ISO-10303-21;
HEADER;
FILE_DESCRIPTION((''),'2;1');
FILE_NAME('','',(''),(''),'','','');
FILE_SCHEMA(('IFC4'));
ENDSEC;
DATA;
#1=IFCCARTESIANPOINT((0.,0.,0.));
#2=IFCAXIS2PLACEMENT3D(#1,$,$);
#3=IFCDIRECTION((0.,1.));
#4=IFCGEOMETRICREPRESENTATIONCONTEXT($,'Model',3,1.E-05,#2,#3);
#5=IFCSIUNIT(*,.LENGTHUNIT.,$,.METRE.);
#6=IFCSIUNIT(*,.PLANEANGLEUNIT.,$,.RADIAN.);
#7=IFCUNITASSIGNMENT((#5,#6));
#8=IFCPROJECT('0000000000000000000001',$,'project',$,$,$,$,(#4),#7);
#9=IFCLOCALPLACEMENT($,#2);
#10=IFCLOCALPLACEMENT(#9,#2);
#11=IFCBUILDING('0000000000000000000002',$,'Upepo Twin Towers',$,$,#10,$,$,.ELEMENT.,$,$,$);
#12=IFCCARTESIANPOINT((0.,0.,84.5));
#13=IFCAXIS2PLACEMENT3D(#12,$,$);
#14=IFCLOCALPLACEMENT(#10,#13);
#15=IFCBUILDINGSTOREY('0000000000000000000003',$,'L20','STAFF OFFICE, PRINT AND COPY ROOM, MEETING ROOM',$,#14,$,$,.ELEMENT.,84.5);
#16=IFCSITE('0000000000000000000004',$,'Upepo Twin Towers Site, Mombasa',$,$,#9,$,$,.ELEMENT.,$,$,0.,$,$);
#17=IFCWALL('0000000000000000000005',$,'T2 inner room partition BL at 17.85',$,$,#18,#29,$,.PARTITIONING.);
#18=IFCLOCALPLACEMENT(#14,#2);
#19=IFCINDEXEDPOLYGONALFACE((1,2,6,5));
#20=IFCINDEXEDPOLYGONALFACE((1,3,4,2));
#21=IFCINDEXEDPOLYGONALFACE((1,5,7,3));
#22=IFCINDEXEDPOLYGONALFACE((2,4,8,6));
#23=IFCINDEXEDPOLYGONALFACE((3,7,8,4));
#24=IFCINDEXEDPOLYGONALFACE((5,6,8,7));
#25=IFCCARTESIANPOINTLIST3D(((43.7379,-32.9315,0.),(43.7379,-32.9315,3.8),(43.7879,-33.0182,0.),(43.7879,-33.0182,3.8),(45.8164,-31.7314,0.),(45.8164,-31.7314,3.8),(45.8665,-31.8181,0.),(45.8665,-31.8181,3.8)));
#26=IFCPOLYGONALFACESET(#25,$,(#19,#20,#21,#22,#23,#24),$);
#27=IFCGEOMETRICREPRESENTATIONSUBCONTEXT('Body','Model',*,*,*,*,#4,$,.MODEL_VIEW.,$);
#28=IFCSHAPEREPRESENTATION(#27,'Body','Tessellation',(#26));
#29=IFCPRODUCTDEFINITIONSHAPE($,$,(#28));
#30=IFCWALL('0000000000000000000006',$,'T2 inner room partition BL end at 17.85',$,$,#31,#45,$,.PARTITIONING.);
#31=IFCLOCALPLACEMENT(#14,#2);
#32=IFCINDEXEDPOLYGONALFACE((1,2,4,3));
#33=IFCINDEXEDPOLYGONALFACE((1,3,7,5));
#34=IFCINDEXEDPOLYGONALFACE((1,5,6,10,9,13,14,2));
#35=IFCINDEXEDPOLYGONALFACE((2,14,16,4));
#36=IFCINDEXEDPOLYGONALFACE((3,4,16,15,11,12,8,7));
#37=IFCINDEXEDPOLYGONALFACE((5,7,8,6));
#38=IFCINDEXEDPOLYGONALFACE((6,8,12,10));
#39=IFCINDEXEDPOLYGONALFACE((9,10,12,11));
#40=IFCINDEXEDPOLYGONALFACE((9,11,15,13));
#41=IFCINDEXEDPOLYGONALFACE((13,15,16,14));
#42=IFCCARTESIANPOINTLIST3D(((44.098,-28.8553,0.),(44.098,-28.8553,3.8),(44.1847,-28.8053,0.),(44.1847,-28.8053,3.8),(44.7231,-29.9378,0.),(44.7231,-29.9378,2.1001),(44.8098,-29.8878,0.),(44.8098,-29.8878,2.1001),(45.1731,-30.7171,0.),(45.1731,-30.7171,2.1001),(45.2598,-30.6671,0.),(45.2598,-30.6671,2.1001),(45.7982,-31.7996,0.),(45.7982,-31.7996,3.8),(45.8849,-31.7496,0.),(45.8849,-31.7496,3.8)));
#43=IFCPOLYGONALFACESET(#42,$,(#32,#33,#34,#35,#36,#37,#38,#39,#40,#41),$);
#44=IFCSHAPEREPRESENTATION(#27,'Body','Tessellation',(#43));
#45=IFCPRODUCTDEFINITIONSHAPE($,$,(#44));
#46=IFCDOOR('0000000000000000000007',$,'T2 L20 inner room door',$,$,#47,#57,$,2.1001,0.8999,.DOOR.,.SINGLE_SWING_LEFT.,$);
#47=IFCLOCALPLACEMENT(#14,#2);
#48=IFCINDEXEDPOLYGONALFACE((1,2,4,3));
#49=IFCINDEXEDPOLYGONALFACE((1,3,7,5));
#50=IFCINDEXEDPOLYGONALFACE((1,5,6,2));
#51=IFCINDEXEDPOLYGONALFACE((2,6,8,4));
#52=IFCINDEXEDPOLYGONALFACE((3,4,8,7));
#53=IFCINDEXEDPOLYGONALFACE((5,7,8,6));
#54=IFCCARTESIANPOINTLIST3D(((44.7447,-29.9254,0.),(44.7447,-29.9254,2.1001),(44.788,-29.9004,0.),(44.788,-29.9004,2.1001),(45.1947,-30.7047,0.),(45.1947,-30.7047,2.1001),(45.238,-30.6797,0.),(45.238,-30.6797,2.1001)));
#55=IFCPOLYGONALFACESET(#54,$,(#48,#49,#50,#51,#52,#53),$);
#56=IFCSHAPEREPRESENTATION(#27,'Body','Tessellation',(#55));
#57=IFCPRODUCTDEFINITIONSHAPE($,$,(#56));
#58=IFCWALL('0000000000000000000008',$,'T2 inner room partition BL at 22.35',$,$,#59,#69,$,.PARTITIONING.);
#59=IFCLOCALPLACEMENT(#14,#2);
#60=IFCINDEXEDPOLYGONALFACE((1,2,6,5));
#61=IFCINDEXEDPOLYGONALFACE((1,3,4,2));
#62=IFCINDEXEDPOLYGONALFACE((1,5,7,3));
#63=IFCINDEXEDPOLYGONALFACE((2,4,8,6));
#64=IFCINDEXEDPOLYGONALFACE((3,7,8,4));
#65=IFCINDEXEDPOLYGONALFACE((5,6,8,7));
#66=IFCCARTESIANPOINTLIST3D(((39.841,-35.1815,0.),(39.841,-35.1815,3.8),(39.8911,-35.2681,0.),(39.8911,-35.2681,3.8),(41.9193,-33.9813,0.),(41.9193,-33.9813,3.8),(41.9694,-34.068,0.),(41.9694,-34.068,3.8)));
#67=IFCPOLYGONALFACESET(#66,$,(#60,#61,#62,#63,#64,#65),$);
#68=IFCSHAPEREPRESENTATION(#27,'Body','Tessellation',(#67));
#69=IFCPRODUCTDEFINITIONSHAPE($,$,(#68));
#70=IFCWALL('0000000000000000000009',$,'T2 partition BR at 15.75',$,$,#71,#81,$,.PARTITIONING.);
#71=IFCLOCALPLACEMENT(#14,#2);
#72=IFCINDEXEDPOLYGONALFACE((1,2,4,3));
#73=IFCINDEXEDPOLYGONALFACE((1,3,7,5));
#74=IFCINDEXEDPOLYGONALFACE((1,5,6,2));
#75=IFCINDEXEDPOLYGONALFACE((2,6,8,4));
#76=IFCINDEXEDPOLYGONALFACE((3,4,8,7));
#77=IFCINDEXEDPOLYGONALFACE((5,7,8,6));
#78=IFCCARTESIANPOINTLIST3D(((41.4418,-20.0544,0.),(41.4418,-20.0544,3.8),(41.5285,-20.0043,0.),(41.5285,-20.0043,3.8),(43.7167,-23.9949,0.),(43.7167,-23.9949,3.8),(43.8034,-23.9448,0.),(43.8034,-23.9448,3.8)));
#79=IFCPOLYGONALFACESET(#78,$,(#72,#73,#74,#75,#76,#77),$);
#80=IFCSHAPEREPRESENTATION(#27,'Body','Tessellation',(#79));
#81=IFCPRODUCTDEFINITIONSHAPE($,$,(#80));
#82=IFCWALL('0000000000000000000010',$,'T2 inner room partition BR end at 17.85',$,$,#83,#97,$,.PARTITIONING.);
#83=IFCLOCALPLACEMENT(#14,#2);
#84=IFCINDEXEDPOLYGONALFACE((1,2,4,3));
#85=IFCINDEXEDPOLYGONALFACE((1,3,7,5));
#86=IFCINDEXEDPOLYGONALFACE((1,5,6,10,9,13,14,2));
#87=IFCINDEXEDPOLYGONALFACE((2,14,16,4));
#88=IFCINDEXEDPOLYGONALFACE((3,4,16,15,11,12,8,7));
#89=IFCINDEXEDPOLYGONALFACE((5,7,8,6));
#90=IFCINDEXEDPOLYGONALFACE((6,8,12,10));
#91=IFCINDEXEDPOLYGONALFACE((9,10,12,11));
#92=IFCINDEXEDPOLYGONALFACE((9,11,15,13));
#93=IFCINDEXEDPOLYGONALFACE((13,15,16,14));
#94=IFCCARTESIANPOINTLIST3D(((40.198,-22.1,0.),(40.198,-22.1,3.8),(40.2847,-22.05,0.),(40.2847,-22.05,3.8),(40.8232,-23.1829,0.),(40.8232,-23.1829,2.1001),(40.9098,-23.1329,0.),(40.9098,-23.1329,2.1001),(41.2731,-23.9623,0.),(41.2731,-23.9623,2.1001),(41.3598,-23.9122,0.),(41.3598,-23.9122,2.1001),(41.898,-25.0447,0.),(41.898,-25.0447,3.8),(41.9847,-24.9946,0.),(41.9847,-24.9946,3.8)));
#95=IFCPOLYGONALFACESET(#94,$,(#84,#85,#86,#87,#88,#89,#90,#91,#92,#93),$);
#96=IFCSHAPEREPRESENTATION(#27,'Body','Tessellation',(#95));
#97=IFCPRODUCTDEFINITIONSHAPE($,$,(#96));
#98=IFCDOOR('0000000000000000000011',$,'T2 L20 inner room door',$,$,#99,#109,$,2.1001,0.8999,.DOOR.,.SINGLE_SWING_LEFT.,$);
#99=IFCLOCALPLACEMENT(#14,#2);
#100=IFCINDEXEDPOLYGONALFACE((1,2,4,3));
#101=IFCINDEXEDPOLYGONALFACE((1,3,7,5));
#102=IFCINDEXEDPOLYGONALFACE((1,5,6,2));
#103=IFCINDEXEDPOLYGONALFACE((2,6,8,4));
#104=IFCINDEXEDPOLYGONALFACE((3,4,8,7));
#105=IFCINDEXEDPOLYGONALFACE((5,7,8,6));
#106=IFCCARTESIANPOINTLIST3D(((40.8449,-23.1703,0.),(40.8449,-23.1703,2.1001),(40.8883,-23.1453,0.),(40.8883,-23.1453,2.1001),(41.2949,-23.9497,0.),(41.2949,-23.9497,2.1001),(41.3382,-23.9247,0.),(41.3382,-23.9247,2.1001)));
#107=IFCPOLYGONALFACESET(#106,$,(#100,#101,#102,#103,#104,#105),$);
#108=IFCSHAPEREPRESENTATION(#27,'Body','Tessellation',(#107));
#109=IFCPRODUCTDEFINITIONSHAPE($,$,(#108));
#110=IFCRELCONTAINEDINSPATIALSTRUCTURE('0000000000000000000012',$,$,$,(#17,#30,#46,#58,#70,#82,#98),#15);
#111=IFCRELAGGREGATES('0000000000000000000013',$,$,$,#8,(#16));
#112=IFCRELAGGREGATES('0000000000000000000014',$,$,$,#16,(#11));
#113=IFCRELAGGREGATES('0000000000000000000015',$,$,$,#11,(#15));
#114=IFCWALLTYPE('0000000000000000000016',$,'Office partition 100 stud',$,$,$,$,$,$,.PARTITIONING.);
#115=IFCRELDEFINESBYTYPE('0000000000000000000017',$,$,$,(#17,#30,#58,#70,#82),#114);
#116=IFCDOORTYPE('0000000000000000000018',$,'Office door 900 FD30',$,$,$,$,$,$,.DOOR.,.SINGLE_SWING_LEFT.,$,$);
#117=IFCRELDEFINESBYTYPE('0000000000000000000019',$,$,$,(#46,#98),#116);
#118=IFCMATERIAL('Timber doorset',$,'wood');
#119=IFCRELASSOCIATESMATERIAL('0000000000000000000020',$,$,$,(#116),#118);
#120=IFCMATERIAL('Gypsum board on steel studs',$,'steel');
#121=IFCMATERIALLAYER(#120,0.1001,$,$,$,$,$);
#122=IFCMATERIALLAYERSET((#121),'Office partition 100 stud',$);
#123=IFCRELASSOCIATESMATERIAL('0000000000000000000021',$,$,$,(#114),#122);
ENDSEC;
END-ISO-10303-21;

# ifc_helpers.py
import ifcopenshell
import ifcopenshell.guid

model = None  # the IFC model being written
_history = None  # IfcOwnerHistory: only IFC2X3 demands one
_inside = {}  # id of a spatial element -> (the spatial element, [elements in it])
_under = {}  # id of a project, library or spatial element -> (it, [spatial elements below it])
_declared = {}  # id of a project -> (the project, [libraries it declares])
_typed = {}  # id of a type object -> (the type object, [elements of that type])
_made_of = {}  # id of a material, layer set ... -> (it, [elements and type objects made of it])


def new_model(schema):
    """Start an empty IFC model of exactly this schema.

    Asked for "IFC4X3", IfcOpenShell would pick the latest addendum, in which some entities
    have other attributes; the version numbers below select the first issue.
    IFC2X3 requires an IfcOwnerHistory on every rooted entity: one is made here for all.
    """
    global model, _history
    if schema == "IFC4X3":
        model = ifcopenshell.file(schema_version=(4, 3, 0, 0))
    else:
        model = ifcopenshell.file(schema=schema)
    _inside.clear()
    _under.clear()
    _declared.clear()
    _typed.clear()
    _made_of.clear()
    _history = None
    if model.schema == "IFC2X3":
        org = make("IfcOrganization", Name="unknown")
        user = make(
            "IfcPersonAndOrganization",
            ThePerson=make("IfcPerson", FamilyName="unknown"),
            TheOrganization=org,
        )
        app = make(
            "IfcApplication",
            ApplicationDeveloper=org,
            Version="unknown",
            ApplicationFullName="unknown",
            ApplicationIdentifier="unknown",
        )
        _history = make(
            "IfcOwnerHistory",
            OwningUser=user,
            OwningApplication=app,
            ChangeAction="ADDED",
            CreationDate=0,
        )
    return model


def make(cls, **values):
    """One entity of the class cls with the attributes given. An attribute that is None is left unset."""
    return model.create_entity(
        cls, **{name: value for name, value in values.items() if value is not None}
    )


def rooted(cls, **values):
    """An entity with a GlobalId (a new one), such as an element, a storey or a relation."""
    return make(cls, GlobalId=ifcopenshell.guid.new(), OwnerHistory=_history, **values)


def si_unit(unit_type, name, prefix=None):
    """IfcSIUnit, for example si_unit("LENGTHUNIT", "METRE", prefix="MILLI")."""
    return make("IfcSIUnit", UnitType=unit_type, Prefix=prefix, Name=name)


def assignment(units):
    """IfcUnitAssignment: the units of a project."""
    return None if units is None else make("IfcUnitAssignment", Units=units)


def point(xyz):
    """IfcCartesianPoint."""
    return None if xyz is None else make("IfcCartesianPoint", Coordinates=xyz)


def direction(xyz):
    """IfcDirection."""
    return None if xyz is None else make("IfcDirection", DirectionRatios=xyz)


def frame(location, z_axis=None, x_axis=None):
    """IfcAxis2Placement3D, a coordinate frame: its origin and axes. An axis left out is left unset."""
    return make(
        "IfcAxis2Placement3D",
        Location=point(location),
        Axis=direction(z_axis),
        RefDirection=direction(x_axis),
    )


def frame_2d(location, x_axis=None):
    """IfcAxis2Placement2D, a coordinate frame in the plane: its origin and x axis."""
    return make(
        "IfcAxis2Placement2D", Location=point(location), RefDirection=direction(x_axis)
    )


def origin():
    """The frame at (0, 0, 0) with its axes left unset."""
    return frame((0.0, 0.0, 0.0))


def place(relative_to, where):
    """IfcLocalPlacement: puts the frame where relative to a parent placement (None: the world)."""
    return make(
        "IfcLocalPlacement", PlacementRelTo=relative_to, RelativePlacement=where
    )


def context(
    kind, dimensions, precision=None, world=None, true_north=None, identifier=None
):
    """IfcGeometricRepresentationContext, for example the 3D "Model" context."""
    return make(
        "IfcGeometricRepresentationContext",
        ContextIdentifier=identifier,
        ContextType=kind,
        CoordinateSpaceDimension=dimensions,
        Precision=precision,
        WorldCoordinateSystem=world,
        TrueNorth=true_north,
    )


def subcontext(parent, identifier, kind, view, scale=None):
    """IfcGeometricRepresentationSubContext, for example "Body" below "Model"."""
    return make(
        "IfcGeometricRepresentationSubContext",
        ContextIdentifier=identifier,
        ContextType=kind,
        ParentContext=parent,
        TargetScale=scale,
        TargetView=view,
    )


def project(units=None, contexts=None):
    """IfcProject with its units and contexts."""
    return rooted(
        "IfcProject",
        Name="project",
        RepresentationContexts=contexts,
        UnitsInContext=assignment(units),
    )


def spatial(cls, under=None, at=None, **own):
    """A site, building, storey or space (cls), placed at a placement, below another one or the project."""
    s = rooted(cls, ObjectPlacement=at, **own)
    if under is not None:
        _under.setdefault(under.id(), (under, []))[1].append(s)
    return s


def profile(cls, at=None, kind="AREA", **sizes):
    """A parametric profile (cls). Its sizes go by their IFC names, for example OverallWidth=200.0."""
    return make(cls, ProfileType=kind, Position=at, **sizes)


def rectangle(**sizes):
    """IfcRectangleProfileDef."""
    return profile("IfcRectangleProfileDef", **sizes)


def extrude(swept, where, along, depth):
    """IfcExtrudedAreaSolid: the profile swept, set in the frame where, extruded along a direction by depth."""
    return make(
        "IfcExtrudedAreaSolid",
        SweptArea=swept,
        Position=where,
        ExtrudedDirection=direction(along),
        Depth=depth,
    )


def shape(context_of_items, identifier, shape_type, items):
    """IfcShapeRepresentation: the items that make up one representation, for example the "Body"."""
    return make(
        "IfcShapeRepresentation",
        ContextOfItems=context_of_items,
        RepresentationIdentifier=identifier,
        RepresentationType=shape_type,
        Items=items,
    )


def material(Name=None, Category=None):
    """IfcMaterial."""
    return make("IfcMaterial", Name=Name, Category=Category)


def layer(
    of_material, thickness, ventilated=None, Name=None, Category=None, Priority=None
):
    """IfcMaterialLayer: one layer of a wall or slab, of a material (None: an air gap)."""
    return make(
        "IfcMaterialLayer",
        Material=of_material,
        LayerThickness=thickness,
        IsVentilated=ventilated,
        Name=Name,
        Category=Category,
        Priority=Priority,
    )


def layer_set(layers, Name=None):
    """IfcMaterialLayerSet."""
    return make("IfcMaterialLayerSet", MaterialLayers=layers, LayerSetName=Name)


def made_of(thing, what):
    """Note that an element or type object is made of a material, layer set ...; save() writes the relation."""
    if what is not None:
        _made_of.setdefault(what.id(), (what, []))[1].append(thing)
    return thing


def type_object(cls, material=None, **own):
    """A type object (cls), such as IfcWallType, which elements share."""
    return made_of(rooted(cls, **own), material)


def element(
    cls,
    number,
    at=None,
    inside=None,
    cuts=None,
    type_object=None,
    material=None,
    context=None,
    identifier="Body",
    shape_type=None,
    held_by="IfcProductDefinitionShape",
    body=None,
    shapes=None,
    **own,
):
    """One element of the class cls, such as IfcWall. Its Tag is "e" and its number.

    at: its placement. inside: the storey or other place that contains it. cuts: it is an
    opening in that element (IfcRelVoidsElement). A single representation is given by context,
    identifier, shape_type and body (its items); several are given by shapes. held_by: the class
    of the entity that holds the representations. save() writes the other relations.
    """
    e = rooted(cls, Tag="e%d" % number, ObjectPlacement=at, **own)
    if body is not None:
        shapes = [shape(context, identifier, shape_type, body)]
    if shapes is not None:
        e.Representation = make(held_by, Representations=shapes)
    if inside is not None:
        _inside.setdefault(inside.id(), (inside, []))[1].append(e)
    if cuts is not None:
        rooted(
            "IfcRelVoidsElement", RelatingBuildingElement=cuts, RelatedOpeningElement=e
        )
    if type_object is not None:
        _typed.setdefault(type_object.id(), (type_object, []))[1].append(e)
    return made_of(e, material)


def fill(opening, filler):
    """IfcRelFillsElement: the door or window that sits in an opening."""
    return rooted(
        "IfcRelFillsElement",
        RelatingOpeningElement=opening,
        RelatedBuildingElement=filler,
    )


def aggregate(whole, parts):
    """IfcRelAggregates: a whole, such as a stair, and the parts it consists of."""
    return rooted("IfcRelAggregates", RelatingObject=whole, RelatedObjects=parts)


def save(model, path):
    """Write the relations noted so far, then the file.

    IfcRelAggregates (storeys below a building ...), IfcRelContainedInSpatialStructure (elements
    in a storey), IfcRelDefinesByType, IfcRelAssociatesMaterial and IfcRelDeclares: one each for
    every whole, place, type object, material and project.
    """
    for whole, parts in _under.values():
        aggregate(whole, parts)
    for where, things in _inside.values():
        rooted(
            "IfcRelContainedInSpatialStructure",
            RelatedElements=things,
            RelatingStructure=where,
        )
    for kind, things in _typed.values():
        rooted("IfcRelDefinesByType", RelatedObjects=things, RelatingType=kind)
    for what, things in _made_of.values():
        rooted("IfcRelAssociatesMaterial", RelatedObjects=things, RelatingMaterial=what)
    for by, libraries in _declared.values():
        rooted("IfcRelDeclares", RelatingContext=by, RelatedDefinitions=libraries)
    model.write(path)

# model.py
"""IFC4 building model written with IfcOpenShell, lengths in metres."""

from ifc_helpers import new_model, si_unit, direction, frame, frame_2d, origin, place, context, subcontext, project, spatial, rectangle, extrude, material, layer, layer_set, type_object, element, fill, save


model = new_model("IFC4")

# Units and contexts
model_context = context("Model", 3, precision=1e-05, world=origin(), true_north=direction((0.0, 1.0)))
body_context = subcontext(model_context, "Body", "Model", "MODEL_VIEW")
ifc_project = project(units=[si_unit("LENGTHUNIT", "METRE"), si_unit("PLANEANGLEUNIT", "RADIAN")], contexts=[model_context])

# Site, building, storey
site_placement = place(None, origin())
site = spatial("IfcSite", under=ifc_project, at=site_placement, Name="Upepo Twin Towers Site, Mombasa", CompositionType="ELEMENT", RefElevation=0.0)
building_placement = place(site_placement, origin())
building = spatial("IfcBuilding", under=site, at=building_placement, Name="Upepo Twin Towers", CompositionType="ELEMENT")
storey_placement = place(building_placement, frame((0.0, 0.0, 84.5)))
storey = spatial("IfcBuildingStorey", under=building, at=storey_placement, Name="L20", Description="STAFF OFFICE, PRINT AND COPY ROOM, MEETING ROOM", CompositionType="ELEMENT", Elevation=84.5)

# Shared definitions
ifc_material_1 = material(Name="Timber doorset", Category="wood")
door_type = type_object("IfcDoorType", Name="Office door 900 FD30", OperationType="SINGLE_SWING_LEFT", PredefinedType="DOOR", material=ifc_material_1)

# Wall
ifc_material_2 = material(Name="Gypsum board on steel studs", Category="steel")
ifc_layer_1 = layer(ifc_material_2, 0.1001)
ifc_layer_set_1 = layer_set([ifc_layer_1], Name="Office partition 100 stud")
wall_type_1 = type_object("IfcWallType", Name="Office partition 100 stud", PredefinedType="PARTITIONING", material=ifc_layer_set_1)
wall_1_placement = place(storey_placement, frame((45.8416, -31.7747, 0.0), z_axis=(0.0, 0.0, 1.0), x_axis=(-0.866006, -0.500034, 0.0)))
element("IfcWall", 1, at=wall_1_placement, inside=storey, type_object=wall_type_1, Name="T2 inner room partition BL at 17.85", PredefinedType="PARTITIONING", context=body_context, shape_type="SweptSolid", body=[
    extrude(rectangle(XDim=2.4001, YDim=0.1001, at=frame_2d((1.2002, 0.0))), origin(), (0.0, 0.0, 1.0), 3.8),
])

# Wall, opening, door
wall_2_placement = place(storey_placement, frame((44.1414, -28.8303, 0.0), z_axis=(0.0, 0.0, 1.0), x_axis=(0.500062, -0.865989, 0.0)))
wall_2 = element("IfcWall", 2, at=wall_2_placement, inside=storey, type_object=wall_type_1, Name="T2 inner room partition BL end at 17.85", PredefinedType="PARTITIONING", context=body_context, shape_type="SweptSolid", body=[
    extrude(rectangle(XDim=3.3999, YDim=0.1001, at=frame_2d((1.7, 0.0))), origin(), (0.0, 0.0, 1.0), 3.8),
])
opening_1_placement = place(wall_2_placement, frame((1.25, 0.0, 0.0)))
opening_1 = element("IfcOpeningElement", 3, at=opening_1_placement, cuts=wall_2, PredefinedType="OPENING", context=body_context, shape_type="SweptSolid", body=[
    extrude(rectangle(XDim=0.8999, YDim=2.1001, at=frame_2d((0.45, 1.05))), frame((0.0, 0.0601, 0.0), z_axis=(0.0, -1.0, 0.0), x_axis=(1.0, 0.0, 0.0)), (0.0, 0.0, 1.0), 0.1201),
])
door_1_placement = place(opening_1_placement, origin())
door_1 = element("IfcDoor", 4, at=door_1_placement, inside=storey, type_object=door_type, Name="T2 L20 inner room door", OperationType="SINGLE_SWING_LEFT", OverallHeight=2.1001, OverallWidth=0.8999, PredefinedType="DOOR", context=body_context, shape_type="SweptSolid", body=[
    extrude(rectangle(XDim=0.8999, YDim=2.1001, at=frame_2d((0.45, 1.05))), frame((0.0, 0.0249, 0.0), z_axis=(0.0, -1.0, 0.0), x_axis=(1.0, 0.0, 0.0)), (0.0, 0.0, 1.0), 0.05),
])
fill(opening_1, door_1)

# Walls
wall_3_placement = place(storey_placement, frame((41.9443, -34.0247, 0.0), z_axis=(0.0, 0.0, 1.0), x_axis=(-0.865981, -0.500078, 0.0)))
element("IfcWall", 5, at=wall_3_placement, inside=storey, type_object=wall_type_1, Name="T2 inner room partition BL at 22.35", PredefinedType="PARTITIONING", context=body_context, shape_type="SweptSolid", body=[
    extrude(rectangle(XDim=2.3999, YDim=0.1001, at=frame_2d((1.2, 0.0))), origin(), (0.0, 0.0, 1.0), 3.8),
])
wall_4_placement = place(storey_placement, frame((43.76, -23.9697, 0.0), z_axis=(0.0, 0.0, 1.0), x_axis=(-0.499983, 0.866035, 0.0)))
element("IfcWall", 6, at=wall_4_placement, inside=storey, type_object=wall_type_1, Name="T2 partition BR at 15.75", PredefinedType="PARTITIONING", context=body_context, shape_type="SweptSolid", body=[
    extrude(rectangle(XDim=4.55, YDim=0.1001, at=frame_2d((2.2749, 0.0))), origin(), (0.0, 0.0, 1.0), 3.8),
])

# Wall, opening, door
wall_5_placement = place(storey_placement, frame((41.9414, -25.0198, 0.0), z_axis=(0.0, 0.0, 1.0), x_axis=(-0.499977, 0.866039, 0.0)))
wall_5 = element("IfcWall", 7, at=wall_5_placement, inside=storey, type_object=wall_type_1, Name="T2 inner room partition BR end at 17.85", PredefinedType="PARTITIONING", context=body_context, shape_type="SweptSolid", body=[
    extrude(rectangle(XDim=3.4001, YDim=0.1001, at=frame_2d((1.7002, 0.0))), origin(), (0.0, 0.0, 1.0), 3.8),
])
opening_2_placement = place(wall_5_placement, frame((1.25, 0.0, 0.0)))
opening_2 = element("IfcOpeningElement", 8, at=opening_2_placement, cuts=wall_5, PredefinedType="OPENING", context=body_context, shape_type="SweptSolid", body=[
    extrude(rectangle(XDim=0.8999, YDim=2.1001, at=frame_2d((0.45, 1.05))), frame((0.0, 0.0601, 0.0), z_axis=(0.0, -1.0, 0.0), x_axis=(1.0, 0.0, 0.0)), (0.0, 0.0, 1.0), 0.1201),
])
door_2_placement = place(opening_2_placement, origin())
door_2 = element("IfcDoor", 9, at=door_2_placement, inside=storey, type_object=door_type, Name="T2 L20 inner room door", OperationType="SINGLE_SWING_LEFT", OverallHeight=2.1001, OverallWidth=0.8999, PredefinedType="DOOR", context=body_context, shape_type="SweptSolid", body=[
    extrude(rectangle(XDim=0.8999, YDim=2.1001, at=frame_2d((0.45, 1.05))), frame((0.0, 0.0249, 0.0), z_axis=(0.0, -1.0, 0.0), x_axis=(1.0, 0.0, 0.0)), (0.0, 0.0, 1.0), 0.05),
])
fill(opening_2, door_2)

save(model, "model.ifc")
